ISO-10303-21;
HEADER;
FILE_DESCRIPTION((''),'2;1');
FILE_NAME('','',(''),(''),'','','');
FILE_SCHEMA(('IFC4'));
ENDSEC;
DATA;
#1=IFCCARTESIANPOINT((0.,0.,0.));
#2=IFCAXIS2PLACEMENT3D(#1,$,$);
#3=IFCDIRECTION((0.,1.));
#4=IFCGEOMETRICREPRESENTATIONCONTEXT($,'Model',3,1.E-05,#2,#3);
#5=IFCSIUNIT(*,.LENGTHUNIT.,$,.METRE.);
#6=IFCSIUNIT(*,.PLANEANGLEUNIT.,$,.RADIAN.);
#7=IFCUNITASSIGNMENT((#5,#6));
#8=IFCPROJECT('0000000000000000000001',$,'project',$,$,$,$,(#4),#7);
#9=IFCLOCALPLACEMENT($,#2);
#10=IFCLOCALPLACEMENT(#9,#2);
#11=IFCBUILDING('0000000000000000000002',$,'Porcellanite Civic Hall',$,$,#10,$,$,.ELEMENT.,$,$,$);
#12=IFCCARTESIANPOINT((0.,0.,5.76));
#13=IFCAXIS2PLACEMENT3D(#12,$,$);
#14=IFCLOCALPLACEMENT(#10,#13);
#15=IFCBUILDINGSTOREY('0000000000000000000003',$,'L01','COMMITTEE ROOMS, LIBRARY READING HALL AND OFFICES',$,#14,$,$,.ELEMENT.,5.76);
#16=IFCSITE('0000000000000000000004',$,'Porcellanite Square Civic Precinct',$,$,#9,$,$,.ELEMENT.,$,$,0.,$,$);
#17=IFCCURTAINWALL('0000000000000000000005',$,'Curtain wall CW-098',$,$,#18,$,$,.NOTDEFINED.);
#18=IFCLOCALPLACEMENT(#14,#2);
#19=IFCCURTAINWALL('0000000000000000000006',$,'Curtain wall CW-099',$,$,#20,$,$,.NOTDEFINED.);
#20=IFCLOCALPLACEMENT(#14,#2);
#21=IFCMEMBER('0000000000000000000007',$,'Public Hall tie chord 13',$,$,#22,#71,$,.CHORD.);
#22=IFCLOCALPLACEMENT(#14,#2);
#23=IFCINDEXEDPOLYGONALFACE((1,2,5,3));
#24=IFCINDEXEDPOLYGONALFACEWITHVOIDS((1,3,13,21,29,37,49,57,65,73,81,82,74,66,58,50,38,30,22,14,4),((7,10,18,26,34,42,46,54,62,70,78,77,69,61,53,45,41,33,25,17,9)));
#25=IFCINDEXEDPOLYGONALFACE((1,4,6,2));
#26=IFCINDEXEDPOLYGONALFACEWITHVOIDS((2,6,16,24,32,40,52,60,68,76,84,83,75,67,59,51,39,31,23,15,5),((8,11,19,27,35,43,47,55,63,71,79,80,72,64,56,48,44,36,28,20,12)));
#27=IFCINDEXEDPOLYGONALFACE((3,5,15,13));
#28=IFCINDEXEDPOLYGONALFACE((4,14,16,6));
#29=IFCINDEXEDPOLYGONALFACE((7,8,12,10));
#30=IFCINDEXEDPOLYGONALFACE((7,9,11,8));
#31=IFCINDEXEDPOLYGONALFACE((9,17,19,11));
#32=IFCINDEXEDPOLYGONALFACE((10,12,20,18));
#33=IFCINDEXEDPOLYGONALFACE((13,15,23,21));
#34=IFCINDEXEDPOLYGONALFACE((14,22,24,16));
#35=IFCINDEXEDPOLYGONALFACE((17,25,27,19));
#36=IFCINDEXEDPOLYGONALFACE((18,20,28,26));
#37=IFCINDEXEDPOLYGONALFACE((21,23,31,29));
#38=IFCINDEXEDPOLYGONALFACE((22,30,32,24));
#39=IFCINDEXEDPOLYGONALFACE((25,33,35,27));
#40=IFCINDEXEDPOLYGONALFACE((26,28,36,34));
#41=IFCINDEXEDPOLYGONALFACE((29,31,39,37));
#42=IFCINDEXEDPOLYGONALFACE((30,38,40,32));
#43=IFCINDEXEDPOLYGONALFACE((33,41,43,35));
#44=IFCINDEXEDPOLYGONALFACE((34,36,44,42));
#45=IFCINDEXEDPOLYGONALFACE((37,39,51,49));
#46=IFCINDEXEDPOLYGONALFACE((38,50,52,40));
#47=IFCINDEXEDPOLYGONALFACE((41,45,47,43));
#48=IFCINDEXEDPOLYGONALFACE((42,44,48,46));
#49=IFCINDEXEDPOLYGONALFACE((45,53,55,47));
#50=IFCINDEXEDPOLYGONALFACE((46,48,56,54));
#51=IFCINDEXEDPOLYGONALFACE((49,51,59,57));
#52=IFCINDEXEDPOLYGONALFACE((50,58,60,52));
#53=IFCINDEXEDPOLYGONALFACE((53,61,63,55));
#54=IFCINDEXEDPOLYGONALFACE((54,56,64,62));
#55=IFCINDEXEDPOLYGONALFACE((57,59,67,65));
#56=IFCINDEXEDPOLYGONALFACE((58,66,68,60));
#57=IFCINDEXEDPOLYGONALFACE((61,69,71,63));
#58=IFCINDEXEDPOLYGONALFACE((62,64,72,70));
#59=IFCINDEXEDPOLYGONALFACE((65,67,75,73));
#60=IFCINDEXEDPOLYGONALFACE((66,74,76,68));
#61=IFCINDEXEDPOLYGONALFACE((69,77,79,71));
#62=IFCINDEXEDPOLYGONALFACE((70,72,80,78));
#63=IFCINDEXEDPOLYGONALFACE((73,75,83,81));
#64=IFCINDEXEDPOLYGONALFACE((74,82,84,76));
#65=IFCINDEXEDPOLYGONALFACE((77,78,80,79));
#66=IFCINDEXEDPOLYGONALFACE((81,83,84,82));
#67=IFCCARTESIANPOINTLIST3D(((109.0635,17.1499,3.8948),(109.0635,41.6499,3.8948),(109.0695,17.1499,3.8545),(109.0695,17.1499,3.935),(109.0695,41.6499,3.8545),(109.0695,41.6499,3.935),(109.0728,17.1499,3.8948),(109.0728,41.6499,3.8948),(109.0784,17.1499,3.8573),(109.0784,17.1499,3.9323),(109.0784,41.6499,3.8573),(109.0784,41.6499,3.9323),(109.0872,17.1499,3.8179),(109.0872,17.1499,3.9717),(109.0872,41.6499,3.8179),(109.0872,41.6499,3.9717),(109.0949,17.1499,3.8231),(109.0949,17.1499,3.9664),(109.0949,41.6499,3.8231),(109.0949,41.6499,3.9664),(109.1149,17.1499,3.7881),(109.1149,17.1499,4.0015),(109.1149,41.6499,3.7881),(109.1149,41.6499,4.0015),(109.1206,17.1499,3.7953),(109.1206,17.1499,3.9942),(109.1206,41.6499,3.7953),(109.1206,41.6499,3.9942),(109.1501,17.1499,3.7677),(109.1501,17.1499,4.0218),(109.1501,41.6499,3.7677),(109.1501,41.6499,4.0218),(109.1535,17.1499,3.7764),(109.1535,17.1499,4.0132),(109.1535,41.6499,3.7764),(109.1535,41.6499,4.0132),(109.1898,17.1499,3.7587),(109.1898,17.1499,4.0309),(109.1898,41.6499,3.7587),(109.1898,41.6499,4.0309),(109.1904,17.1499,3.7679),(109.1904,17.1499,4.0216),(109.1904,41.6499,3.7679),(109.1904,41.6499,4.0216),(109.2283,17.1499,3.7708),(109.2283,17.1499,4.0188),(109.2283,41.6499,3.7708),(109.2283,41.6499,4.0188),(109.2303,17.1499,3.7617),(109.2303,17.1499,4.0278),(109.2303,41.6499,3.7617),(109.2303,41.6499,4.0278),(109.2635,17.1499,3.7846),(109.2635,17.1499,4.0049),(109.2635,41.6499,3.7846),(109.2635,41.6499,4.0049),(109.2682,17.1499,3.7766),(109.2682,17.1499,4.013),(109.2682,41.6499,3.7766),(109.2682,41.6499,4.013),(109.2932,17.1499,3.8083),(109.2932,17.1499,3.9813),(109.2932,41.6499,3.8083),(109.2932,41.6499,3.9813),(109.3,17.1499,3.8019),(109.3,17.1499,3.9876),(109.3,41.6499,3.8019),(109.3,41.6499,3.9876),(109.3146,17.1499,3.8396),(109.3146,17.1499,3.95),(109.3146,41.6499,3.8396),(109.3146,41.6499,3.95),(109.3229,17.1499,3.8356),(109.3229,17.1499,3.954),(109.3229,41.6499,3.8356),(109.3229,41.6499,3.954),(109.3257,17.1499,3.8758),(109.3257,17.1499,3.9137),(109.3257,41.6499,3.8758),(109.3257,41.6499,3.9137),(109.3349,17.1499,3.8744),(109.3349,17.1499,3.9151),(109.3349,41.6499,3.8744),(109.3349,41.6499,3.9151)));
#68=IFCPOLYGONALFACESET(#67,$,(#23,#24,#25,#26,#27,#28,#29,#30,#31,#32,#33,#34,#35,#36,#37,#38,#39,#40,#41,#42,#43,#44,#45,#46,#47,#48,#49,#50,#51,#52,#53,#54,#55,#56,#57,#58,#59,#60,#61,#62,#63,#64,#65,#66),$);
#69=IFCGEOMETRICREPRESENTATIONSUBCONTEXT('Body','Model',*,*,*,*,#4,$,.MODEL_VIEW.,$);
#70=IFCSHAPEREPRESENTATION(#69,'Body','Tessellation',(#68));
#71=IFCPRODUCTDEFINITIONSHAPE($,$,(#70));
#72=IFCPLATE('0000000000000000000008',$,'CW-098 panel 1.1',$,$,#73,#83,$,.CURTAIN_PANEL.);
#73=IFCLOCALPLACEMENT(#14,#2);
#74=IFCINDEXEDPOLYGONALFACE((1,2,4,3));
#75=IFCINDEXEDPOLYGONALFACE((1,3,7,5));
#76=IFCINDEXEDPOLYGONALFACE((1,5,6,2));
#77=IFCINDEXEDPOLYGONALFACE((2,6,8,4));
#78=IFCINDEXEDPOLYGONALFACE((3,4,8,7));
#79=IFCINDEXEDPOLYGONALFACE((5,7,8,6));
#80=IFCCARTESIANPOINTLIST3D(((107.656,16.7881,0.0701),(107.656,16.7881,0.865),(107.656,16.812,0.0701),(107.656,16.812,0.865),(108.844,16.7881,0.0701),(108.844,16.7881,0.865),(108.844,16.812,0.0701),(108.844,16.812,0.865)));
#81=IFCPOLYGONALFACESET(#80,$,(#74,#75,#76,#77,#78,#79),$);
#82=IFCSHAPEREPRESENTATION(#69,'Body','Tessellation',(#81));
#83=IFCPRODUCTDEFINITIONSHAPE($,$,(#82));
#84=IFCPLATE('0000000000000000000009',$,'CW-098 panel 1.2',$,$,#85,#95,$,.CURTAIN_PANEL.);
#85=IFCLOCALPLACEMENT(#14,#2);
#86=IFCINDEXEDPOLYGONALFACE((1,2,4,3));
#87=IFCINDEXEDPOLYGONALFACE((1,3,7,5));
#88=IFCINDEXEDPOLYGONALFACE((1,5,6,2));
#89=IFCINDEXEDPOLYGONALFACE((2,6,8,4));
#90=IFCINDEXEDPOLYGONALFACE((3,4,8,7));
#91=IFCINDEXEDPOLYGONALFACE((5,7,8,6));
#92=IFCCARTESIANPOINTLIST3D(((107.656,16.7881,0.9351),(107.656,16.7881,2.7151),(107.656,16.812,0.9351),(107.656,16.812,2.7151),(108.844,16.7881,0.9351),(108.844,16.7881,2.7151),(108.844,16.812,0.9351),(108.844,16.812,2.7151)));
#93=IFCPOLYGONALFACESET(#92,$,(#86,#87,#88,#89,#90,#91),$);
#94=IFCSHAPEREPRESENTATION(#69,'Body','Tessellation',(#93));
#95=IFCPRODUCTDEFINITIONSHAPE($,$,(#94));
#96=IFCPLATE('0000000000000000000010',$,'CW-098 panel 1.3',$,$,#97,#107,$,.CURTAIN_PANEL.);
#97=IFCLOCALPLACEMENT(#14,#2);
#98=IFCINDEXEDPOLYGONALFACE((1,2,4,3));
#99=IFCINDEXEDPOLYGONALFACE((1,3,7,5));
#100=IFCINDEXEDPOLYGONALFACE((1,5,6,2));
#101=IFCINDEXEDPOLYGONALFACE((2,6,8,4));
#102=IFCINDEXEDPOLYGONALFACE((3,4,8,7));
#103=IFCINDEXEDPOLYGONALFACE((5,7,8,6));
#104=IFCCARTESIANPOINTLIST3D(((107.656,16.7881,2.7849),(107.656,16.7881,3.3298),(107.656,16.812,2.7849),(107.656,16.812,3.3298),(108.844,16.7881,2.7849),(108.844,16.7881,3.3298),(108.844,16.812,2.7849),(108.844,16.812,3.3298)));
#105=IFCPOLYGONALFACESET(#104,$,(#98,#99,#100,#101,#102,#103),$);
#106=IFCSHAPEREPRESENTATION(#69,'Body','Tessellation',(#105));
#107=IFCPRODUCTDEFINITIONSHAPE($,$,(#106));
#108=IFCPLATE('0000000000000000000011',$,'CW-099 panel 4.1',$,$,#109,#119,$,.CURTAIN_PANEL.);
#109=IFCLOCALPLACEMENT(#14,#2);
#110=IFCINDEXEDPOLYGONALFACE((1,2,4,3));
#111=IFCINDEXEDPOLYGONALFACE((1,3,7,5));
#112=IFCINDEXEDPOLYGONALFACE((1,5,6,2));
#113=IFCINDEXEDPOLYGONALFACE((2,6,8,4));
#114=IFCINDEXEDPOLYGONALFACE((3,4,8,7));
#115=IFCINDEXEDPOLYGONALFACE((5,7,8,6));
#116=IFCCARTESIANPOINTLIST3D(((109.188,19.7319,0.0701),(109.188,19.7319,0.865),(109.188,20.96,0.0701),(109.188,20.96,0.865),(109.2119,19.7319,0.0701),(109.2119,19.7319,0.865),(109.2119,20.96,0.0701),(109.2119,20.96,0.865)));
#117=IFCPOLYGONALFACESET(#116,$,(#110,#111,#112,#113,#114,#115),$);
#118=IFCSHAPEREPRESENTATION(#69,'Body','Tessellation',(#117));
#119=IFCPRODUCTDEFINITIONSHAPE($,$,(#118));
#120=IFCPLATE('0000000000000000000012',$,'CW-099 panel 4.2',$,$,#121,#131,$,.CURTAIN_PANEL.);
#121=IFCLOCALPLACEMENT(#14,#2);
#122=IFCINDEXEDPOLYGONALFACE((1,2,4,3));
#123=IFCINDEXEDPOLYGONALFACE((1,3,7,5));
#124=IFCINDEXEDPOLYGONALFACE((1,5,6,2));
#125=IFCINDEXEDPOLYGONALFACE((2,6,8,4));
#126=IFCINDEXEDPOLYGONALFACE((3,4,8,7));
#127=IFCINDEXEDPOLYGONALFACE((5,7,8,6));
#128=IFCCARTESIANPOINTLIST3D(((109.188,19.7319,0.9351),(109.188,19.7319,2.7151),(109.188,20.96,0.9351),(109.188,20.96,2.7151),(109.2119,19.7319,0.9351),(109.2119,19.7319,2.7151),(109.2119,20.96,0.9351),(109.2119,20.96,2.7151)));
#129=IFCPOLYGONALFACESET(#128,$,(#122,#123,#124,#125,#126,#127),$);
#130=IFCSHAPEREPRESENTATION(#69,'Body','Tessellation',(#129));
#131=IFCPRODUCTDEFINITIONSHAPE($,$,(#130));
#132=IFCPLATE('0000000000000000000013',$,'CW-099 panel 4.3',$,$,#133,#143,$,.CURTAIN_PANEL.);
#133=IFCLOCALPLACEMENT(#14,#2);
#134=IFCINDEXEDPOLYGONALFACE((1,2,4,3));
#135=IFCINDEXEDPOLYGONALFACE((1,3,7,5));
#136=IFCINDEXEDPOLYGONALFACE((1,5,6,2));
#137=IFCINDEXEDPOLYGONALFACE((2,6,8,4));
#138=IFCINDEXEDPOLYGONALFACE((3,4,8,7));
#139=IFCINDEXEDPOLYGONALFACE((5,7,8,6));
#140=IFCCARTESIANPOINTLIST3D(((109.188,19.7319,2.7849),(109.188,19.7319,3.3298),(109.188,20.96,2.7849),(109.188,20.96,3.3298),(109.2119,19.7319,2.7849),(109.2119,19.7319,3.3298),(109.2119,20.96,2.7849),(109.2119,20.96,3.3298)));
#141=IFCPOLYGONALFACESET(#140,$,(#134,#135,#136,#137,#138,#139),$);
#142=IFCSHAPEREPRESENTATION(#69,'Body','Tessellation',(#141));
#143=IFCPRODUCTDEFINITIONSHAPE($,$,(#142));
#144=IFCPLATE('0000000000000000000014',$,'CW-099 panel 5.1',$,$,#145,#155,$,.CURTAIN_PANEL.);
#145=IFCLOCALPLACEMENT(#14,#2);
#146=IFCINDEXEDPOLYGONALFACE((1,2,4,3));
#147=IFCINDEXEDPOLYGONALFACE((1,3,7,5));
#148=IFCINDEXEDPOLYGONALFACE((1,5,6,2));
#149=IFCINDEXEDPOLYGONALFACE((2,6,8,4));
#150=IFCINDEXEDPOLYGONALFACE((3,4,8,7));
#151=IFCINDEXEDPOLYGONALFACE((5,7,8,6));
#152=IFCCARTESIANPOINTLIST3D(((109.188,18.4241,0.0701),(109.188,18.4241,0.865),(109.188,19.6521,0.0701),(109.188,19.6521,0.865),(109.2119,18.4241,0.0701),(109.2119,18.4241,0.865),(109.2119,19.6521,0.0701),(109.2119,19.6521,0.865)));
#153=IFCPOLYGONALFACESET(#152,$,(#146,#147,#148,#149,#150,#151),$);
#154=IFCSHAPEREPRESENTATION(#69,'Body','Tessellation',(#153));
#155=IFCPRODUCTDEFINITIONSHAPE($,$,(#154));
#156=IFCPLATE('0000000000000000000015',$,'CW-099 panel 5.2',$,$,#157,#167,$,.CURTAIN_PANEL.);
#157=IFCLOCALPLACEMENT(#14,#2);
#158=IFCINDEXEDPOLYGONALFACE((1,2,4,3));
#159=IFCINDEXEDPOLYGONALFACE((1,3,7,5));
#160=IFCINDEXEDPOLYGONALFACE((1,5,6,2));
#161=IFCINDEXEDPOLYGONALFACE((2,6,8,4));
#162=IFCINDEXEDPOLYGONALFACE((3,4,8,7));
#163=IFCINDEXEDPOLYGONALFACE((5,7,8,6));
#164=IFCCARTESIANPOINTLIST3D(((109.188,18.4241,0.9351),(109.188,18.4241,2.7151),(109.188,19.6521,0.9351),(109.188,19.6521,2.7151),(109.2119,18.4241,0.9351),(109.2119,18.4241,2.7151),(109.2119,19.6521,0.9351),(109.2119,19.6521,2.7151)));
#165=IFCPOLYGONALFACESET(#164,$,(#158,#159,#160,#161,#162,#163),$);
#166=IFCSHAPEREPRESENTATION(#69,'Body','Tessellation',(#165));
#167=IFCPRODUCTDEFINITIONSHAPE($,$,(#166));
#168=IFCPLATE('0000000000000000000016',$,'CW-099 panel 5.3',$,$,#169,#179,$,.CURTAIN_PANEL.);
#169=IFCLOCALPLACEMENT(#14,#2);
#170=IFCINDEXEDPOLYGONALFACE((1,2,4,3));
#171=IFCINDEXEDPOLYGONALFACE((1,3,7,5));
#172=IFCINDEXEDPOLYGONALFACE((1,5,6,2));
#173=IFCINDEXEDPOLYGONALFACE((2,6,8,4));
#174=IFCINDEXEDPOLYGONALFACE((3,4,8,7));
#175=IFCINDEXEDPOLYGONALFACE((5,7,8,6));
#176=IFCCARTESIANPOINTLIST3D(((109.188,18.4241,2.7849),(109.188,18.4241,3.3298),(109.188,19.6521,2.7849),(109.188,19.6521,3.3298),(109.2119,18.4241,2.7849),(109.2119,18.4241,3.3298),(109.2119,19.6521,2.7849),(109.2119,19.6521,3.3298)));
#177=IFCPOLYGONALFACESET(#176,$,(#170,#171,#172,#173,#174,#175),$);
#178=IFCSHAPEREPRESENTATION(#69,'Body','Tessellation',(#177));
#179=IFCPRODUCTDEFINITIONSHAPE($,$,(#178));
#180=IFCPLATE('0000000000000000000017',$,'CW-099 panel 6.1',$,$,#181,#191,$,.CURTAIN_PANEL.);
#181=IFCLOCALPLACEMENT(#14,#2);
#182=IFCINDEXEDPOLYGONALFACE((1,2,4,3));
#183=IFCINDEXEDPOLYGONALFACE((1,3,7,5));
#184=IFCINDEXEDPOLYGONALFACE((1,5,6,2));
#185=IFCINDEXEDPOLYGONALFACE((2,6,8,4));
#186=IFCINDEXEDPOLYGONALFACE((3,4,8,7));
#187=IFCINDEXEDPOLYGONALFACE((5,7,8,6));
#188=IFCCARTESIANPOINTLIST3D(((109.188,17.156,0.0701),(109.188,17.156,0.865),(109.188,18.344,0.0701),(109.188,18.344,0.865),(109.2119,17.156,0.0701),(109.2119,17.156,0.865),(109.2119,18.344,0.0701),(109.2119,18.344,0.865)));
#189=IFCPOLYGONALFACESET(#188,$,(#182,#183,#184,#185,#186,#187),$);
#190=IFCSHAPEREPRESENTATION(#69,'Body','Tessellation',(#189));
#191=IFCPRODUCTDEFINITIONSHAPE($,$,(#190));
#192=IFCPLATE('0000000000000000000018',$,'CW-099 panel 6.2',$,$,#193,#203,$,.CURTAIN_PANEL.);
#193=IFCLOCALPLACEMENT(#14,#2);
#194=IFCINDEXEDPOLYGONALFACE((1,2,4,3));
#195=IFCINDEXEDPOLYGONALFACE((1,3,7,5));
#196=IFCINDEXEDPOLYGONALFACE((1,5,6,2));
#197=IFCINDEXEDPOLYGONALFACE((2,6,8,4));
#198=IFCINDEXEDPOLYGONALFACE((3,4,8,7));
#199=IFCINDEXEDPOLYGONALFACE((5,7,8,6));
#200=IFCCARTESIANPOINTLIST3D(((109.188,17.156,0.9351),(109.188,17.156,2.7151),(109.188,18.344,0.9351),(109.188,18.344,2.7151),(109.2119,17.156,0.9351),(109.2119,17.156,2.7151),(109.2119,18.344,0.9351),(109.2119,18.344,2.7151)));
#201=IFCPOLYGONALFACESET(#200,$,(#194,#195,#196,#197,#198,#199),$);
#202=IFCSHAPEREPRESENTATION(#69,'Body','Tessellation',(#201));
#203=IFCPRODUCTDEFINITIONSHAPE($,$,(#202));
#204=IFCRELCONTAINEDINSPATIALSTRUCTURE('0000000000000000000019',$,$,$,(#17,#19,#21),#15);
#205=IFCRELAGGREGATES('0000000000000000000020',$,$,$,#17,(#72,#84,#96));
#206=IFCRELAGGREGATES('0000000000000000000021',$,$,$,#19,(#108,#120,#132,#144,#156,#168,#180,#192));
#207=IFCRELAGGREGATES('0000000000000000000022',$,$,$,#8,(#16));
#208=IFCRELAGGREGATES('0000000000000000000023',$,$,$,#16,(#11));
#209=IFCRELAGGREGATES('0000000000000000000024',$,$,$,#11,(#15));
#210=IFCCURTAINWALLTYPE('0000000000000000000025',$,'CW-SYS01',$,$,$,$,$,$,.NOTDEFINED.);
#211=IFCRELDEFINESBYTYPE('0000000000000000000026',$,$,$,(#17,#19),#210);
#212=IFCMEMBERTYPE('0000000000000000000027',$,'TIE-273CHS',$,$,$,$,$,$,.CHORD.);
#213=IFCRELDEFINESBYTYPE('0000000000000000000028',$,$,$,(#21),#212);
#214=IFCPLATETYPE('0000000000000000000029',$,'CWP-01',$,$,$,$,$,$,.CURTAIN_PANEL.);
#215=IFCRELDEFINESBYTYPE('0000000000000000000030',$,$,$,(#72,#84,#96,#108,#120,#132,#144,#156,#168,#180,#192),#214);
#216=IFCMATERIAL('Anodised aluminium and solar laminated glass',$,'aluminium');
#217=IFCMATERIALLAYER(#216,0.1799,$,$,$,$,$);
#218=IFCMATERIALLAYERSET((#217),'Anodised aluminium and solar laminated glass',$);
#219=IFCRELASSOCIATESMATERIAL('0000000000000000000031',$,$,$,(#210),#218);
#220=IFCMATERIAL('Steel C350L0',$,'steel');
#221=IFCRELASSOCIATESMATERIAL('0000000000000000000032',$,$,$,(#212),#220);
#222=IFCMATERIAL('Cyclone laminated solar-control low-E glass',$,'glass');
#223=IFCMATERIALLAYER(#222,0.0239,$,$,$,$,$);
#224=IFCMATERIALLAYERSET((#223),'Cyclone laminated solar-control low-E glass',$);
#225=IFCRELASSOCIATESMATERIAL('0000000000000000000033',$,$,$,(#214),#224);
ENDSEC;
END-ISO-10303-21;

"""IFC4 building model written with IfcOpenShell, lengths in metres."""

from ifc_helpers import new_model, si_unit, direction, frame, origin, origin_2d, place, context, subcontext, project, spatial, rectangle, hollow_circle, extrude, material, layer, layer_set, material_profile, profile_set, type_object, element, aggregate, save


model = new_model("IFC4")

# Units and contexts
model_context = context("Model", 3, precision=1e-05, world=origin(), true_north=direction((0.0, 1.0)))
body_context = subcontext(model_context, "Body", "Model", "MODEL_VIEW")
ifc_project = project(units=[si_unit("LENGTHUNIT", "METRE"), si_unit("PLANEANGLEUNIT", "RADIAN")], contexts=[model_context])

# Site, building, storey
site_placement = place(None, origin())
site = spatial("IfcSite", under=ifc_project, at=site_placement, Name="Porcellanite Square Civic Precinct", CompositionType="ELEMENT", RefElevation=0.0)
building_placement = place(site_placement, origin())
building = spatial("IfcBuilding", under=site, at=building_placement, Name="Porcellanite Civic Hall", CompositionType="ELEMENT")
storey_placement = place(building_placement, frame((0.0, 0.0, 5.76)))
storey = spatial("IfcBuildingStorey", under=building, at=storey_placement, Name="L01", Description="COMMITTEE ROOMS, LIBRARY READING HALL AND OFFICES", CompositionType="ELEMENT", Elevation=5.76)

# Curtain wall
ifc_material_1 = material(Name="Anodised aluminium and solar laminated glass", Category="aluminium")
ifc_layer_1 = layer(ifc_material_1, 0.1799)
ifc_layer_set_1 = layer_set([ifc_layer_1], Name="Anodised aluminium and solar laminated glass")
curtain_wall_type = type_object("IfcCurtainWallType", Name="CW-SYS01", PredefinedType="NOTDEFINED", material=ifc_layer_set_1)
curtain_wall_1_placement = place(storey_placement, origin())
curtain_wall_1 = element("IfcCurtainWall", 1, at=curtain_wall_1_placement, inside=storey, type_object=curtain_wall_type, Name="Curtain wall CW-098", PredefinedType="NOTDEFINED")

# Curtain wall
curtain_wall_2_placement = place(storey_placement, origin())
curtain_wall_2 = element("IfcCurtainWall", 2, at=curtain_wall_2_placement, inside=storey, type_object=curtain_wall_type, Name="Curtain wall CW-099", PredefinedType="NOTDEFINED")

# Member
ifc_material_2 = material(Name="Steel C350L0", Category="steel")
ifc_material_profile_1 = material_profile(ifc_material_2, hollow_circle(Radius=0.1365, WallThickness=0.0093, at=origin_2d()), Name="273.1x9.3CHS")
ifc_profile_set_1 = profile_set([ifc_material_profile_1], Name="Steel C350L0")
member_type_1 = type_object("IfcMemberType", Name="TIE-273CHS", PredefinedType="CHORD", material=ifc_profile_set_1)
member_1_placement = place(storey_placement, frame((109.2, 17.1499, 3.8948), z_axis=(0.0, 1.0, 0.0), x_axis=(-1.0, 0.0, 0.0)))
element("IfcMember", 3, at=member_1_placement, inside=storey, type_object=member_type_1, Name="Public Hall tie chord 13", PredefinedType="CHORD", context=body_context, shape_type="SweptSolid", body=[
    extrude(hollow_circle(Radius=0.1365, WallThickness=0.0093, at=origin_2d()), origin(), (0.0, 0.0, 1.0), 24.5),
])

# Plates
ifc_material_3 = material(Name="Cyclone laminated solar-control low-E glass", Category="glass")
ifc_layer_2 = layer(ifc_material_3, 0.0239)
ifc_layer_set_2 = layer_set([ifc_layer_2], Name="Cyclone laminated solar-control low-E glass")
plate_type = type_object("IfcPlateType", Name="CWP-01", PredefinedType="CURTAIN_PANEL", material=ifc_layer_set_2)
plate_1_placement = place(storey_placement, frame((108.25, 16.8, 0.0701), z_axis=(0.0, 0.0, 1.0), x_axis=(-1.0, 0.0, 0.0)))
plate_1 = element("IfcPlate", 4, at=plate_1_placement, type_object=plate_type, Name="CW-098 panel 1.1", PredefinedType="CURTAIN_PANEL", context=body_context, shape_type="SweptSolid", body=[
    extrude(rectangle(XDim=1.188, YDim=0.0239, at=origin_2d()), origin(), (0.0, 0.0, 1.0), 0.7949),
])
plate_2_placement = place(storey_placement, frame((108.25, 16.8, 0.9351), z_axis=(0.0, 0.0, 1.0), x_axis=(-1.0, 0.0, 0.0)))
plate_2 = element("IfcPlate", 5, at=plate_2_placement, type_object=plate_type, Name="CW-098 panel 1.2", PredefinedType="CURTAIN_PANEL", context=body_context, shape_type="SweptSolid", body=[
    extrude(rectangle(XDim=1.188, YDim=0.0239, at=origin_2d()), origin(), (0.0, 0.0, 1.0), 1.78),
])
plate_3_placement = place(storey_placement, frame((108.25, 16.8, 2.7849), z_axis=(0.0, 0.0, 1.0), x_axis=(-1.0, 0.0, 0.0)))
plate_3 = element("IfcPlate", 6, at=plate_3_placement, type_object=plate_type, Name="CW-098 panel 1.3", PredefinedType="CURTAIN_PANEL", context=body_context, shape_type="SweptSolid", body=[
    extrude(rectangle(XDim=1.188, YDim=0.0239, at=origin_2d()), origin(), (0.0, 0.0, 1.0), 0.5449),
])
aggregate(curtain_wall_1, [plate_1, plate_2, plate_3])
plate_4_placement = place(storey_placement, frame((109.2, 20.3459, 0.0701), z_axis=(0.0, 0.0, 1.0), x_axis=(0.0, -1.0, 0.0)))
plate_4 = element("IfcPlate", 7, at=plate_4_placement, type_object=plate_type, Name="CW-099 panel 4.1", PredefinedType="CURTAIN_PANEL", context=body_context, shape_type="SweptSolid", body=[
    extrude(rectangle(XDim=1.228, YDim=0.0239, at=origin_2d()), origin(), (0.0, 0.0, 1.0), 0.7949),
])
plate_5_placement = place(storey_placement, frame((109.2, 20.3459, 0.9351), z_axis=(0.0, 0.0, 1.0), x_axis=(0.0, -1.0, 0.0)))
plate_5 = element("IfcPlate", 8, at=plate_5_placement, type_object=plate_type, Name="CW-099 panel 4.2", PredefinedType="CURTAIN_PANEL", context=body_context, shape_type="SweptSolid", body=[
    extrude(rectangle(XDim=1.228, YDim=0.0239, at=origin_2d()), origin(), (0.0, 0.0, 1.0), 1.78),
])
plate_6_placement = place(storey_placement, frame((109.2, 20.3459, 2.7849), z_axis=(0.0, 0.0, 1.0), x_axis=(0.0, -1.0, 0.0)))
plate_6 = element("IfcPlate", 9, at=plate_6_placement, type_object=plate_type, Name="CW-099 panel 4.3", PredefinedType="CURTAIN_PANEL", context=body_context, shape_type="SweptSolid", body=[
    extrude(rectangle(XDim=1.228, YDim=0.0239, at=origin_2d()), origin(), (0.0, 0.0, 1.0), 0.5449),
])
plate_7_placement = place(storey_placement, frame((109.2, 19.0381, 0.0701), z_axis=(0.0, 0.0, 1.0), x_axis=(0.0, -1.0, 0.0)))
plate_7 = element("IfcPlate", 10, at=plate_7_placement, type_object=plate_type, Name="CW-099 panel 5.1", PredefinedType="CURTAIN_PANEL", context=body_context, shape_type="SweptSolid", body=[
    extrude(rectangle(XDim=1.228, YDim=0.0239, at=origin_2d()), origin(), (0.0, 0.0, 1.0), 0.7949),
])
plate_8_placement = place(storey_placement, frame((109.2, 19.0381, 0.9351), z_axis=(0.0, 0.0, 1.0), x_axis=(0.0, -1.0, 0.0)))
plate_8 = element("IfcPlate", 11, at=plate_8_placement, type_object=plate_type, Name="CW-099 panel 5.2", PredefinedType="CURTAIN_PANEL", context=body_context, shape_type="SweptSolid", body=[
    extrude(rectangle(XDim=1.228, YDim=0.0239, at=origin_2d()), origin(), (0.0, 0.0, 1.0), 1.78),
])
plate_9_placement = place(storey_placement, frame((109.2, 19.0381, 2.7849), z_axis=(0.0, 0.0, 1.0), x_axis=(0.0, -1.0, 0.0)))
plate_9 = element("IfcPlate", 12, at=plate_9_placement, type_object=plate_type, Name="CW-099 panel 5.3", PredefinedType="CURTAIN_PANEL", context=body_context, shape_type="SweptSolid", body=[
    extrude(rectangle(XDim=1.228, YDim=0.0239, at=origin_2d()), origin(), (0.0, 0.0, 1.0), 0.5449),
])
plate_10_placement = place(storey_placement, frame((109.2, 17.75, 0.0701), z_axis=(0.0, 0.0, 1.0), x_axis=(0.0, -1.0, 0.0)))
plate_10 = element("IfcPlate", 13, at=plate_10_placement, type_object=plate_type, Name="CW-099 panel 6.1", PredefinedType="CURTAIN_PANEL", context=body_context, shape_type="SweptSolid", body=[
    extrude(rectangle(XDim=1.188, YDim=0.0239, at=origin_2d()), origin(), (0.0, 0.0, 1.0), 0.7949),
])
plate_11_placement = place(storey_placement, frame((109.2, 17.75, 0.9351), z_axis=(0.0, 0.0, 1.0), x_axis=(0.0, -1.0, 0.0)))
plate_11 = element("IfcPlate", 14, at=plate_11_placement, type_object=plate_type, Name="CW-099 panel 6.2", PredefinedType="CURTAIN_PANEL", context=body_context, shape_type="SweptSolid", body=[
    extrude(rectangle(XDim=1.188, YDim=0.0239, at=origin_2d()), origin(), (0.0, 0.0, 1.0), 1.78),
])
aggregate(curtain_wall_2, [plate_4, plate_5, plate_6, plate_7, plate_8, plate_9, plate_10, plate_11])

save(model, "model.ifc")
